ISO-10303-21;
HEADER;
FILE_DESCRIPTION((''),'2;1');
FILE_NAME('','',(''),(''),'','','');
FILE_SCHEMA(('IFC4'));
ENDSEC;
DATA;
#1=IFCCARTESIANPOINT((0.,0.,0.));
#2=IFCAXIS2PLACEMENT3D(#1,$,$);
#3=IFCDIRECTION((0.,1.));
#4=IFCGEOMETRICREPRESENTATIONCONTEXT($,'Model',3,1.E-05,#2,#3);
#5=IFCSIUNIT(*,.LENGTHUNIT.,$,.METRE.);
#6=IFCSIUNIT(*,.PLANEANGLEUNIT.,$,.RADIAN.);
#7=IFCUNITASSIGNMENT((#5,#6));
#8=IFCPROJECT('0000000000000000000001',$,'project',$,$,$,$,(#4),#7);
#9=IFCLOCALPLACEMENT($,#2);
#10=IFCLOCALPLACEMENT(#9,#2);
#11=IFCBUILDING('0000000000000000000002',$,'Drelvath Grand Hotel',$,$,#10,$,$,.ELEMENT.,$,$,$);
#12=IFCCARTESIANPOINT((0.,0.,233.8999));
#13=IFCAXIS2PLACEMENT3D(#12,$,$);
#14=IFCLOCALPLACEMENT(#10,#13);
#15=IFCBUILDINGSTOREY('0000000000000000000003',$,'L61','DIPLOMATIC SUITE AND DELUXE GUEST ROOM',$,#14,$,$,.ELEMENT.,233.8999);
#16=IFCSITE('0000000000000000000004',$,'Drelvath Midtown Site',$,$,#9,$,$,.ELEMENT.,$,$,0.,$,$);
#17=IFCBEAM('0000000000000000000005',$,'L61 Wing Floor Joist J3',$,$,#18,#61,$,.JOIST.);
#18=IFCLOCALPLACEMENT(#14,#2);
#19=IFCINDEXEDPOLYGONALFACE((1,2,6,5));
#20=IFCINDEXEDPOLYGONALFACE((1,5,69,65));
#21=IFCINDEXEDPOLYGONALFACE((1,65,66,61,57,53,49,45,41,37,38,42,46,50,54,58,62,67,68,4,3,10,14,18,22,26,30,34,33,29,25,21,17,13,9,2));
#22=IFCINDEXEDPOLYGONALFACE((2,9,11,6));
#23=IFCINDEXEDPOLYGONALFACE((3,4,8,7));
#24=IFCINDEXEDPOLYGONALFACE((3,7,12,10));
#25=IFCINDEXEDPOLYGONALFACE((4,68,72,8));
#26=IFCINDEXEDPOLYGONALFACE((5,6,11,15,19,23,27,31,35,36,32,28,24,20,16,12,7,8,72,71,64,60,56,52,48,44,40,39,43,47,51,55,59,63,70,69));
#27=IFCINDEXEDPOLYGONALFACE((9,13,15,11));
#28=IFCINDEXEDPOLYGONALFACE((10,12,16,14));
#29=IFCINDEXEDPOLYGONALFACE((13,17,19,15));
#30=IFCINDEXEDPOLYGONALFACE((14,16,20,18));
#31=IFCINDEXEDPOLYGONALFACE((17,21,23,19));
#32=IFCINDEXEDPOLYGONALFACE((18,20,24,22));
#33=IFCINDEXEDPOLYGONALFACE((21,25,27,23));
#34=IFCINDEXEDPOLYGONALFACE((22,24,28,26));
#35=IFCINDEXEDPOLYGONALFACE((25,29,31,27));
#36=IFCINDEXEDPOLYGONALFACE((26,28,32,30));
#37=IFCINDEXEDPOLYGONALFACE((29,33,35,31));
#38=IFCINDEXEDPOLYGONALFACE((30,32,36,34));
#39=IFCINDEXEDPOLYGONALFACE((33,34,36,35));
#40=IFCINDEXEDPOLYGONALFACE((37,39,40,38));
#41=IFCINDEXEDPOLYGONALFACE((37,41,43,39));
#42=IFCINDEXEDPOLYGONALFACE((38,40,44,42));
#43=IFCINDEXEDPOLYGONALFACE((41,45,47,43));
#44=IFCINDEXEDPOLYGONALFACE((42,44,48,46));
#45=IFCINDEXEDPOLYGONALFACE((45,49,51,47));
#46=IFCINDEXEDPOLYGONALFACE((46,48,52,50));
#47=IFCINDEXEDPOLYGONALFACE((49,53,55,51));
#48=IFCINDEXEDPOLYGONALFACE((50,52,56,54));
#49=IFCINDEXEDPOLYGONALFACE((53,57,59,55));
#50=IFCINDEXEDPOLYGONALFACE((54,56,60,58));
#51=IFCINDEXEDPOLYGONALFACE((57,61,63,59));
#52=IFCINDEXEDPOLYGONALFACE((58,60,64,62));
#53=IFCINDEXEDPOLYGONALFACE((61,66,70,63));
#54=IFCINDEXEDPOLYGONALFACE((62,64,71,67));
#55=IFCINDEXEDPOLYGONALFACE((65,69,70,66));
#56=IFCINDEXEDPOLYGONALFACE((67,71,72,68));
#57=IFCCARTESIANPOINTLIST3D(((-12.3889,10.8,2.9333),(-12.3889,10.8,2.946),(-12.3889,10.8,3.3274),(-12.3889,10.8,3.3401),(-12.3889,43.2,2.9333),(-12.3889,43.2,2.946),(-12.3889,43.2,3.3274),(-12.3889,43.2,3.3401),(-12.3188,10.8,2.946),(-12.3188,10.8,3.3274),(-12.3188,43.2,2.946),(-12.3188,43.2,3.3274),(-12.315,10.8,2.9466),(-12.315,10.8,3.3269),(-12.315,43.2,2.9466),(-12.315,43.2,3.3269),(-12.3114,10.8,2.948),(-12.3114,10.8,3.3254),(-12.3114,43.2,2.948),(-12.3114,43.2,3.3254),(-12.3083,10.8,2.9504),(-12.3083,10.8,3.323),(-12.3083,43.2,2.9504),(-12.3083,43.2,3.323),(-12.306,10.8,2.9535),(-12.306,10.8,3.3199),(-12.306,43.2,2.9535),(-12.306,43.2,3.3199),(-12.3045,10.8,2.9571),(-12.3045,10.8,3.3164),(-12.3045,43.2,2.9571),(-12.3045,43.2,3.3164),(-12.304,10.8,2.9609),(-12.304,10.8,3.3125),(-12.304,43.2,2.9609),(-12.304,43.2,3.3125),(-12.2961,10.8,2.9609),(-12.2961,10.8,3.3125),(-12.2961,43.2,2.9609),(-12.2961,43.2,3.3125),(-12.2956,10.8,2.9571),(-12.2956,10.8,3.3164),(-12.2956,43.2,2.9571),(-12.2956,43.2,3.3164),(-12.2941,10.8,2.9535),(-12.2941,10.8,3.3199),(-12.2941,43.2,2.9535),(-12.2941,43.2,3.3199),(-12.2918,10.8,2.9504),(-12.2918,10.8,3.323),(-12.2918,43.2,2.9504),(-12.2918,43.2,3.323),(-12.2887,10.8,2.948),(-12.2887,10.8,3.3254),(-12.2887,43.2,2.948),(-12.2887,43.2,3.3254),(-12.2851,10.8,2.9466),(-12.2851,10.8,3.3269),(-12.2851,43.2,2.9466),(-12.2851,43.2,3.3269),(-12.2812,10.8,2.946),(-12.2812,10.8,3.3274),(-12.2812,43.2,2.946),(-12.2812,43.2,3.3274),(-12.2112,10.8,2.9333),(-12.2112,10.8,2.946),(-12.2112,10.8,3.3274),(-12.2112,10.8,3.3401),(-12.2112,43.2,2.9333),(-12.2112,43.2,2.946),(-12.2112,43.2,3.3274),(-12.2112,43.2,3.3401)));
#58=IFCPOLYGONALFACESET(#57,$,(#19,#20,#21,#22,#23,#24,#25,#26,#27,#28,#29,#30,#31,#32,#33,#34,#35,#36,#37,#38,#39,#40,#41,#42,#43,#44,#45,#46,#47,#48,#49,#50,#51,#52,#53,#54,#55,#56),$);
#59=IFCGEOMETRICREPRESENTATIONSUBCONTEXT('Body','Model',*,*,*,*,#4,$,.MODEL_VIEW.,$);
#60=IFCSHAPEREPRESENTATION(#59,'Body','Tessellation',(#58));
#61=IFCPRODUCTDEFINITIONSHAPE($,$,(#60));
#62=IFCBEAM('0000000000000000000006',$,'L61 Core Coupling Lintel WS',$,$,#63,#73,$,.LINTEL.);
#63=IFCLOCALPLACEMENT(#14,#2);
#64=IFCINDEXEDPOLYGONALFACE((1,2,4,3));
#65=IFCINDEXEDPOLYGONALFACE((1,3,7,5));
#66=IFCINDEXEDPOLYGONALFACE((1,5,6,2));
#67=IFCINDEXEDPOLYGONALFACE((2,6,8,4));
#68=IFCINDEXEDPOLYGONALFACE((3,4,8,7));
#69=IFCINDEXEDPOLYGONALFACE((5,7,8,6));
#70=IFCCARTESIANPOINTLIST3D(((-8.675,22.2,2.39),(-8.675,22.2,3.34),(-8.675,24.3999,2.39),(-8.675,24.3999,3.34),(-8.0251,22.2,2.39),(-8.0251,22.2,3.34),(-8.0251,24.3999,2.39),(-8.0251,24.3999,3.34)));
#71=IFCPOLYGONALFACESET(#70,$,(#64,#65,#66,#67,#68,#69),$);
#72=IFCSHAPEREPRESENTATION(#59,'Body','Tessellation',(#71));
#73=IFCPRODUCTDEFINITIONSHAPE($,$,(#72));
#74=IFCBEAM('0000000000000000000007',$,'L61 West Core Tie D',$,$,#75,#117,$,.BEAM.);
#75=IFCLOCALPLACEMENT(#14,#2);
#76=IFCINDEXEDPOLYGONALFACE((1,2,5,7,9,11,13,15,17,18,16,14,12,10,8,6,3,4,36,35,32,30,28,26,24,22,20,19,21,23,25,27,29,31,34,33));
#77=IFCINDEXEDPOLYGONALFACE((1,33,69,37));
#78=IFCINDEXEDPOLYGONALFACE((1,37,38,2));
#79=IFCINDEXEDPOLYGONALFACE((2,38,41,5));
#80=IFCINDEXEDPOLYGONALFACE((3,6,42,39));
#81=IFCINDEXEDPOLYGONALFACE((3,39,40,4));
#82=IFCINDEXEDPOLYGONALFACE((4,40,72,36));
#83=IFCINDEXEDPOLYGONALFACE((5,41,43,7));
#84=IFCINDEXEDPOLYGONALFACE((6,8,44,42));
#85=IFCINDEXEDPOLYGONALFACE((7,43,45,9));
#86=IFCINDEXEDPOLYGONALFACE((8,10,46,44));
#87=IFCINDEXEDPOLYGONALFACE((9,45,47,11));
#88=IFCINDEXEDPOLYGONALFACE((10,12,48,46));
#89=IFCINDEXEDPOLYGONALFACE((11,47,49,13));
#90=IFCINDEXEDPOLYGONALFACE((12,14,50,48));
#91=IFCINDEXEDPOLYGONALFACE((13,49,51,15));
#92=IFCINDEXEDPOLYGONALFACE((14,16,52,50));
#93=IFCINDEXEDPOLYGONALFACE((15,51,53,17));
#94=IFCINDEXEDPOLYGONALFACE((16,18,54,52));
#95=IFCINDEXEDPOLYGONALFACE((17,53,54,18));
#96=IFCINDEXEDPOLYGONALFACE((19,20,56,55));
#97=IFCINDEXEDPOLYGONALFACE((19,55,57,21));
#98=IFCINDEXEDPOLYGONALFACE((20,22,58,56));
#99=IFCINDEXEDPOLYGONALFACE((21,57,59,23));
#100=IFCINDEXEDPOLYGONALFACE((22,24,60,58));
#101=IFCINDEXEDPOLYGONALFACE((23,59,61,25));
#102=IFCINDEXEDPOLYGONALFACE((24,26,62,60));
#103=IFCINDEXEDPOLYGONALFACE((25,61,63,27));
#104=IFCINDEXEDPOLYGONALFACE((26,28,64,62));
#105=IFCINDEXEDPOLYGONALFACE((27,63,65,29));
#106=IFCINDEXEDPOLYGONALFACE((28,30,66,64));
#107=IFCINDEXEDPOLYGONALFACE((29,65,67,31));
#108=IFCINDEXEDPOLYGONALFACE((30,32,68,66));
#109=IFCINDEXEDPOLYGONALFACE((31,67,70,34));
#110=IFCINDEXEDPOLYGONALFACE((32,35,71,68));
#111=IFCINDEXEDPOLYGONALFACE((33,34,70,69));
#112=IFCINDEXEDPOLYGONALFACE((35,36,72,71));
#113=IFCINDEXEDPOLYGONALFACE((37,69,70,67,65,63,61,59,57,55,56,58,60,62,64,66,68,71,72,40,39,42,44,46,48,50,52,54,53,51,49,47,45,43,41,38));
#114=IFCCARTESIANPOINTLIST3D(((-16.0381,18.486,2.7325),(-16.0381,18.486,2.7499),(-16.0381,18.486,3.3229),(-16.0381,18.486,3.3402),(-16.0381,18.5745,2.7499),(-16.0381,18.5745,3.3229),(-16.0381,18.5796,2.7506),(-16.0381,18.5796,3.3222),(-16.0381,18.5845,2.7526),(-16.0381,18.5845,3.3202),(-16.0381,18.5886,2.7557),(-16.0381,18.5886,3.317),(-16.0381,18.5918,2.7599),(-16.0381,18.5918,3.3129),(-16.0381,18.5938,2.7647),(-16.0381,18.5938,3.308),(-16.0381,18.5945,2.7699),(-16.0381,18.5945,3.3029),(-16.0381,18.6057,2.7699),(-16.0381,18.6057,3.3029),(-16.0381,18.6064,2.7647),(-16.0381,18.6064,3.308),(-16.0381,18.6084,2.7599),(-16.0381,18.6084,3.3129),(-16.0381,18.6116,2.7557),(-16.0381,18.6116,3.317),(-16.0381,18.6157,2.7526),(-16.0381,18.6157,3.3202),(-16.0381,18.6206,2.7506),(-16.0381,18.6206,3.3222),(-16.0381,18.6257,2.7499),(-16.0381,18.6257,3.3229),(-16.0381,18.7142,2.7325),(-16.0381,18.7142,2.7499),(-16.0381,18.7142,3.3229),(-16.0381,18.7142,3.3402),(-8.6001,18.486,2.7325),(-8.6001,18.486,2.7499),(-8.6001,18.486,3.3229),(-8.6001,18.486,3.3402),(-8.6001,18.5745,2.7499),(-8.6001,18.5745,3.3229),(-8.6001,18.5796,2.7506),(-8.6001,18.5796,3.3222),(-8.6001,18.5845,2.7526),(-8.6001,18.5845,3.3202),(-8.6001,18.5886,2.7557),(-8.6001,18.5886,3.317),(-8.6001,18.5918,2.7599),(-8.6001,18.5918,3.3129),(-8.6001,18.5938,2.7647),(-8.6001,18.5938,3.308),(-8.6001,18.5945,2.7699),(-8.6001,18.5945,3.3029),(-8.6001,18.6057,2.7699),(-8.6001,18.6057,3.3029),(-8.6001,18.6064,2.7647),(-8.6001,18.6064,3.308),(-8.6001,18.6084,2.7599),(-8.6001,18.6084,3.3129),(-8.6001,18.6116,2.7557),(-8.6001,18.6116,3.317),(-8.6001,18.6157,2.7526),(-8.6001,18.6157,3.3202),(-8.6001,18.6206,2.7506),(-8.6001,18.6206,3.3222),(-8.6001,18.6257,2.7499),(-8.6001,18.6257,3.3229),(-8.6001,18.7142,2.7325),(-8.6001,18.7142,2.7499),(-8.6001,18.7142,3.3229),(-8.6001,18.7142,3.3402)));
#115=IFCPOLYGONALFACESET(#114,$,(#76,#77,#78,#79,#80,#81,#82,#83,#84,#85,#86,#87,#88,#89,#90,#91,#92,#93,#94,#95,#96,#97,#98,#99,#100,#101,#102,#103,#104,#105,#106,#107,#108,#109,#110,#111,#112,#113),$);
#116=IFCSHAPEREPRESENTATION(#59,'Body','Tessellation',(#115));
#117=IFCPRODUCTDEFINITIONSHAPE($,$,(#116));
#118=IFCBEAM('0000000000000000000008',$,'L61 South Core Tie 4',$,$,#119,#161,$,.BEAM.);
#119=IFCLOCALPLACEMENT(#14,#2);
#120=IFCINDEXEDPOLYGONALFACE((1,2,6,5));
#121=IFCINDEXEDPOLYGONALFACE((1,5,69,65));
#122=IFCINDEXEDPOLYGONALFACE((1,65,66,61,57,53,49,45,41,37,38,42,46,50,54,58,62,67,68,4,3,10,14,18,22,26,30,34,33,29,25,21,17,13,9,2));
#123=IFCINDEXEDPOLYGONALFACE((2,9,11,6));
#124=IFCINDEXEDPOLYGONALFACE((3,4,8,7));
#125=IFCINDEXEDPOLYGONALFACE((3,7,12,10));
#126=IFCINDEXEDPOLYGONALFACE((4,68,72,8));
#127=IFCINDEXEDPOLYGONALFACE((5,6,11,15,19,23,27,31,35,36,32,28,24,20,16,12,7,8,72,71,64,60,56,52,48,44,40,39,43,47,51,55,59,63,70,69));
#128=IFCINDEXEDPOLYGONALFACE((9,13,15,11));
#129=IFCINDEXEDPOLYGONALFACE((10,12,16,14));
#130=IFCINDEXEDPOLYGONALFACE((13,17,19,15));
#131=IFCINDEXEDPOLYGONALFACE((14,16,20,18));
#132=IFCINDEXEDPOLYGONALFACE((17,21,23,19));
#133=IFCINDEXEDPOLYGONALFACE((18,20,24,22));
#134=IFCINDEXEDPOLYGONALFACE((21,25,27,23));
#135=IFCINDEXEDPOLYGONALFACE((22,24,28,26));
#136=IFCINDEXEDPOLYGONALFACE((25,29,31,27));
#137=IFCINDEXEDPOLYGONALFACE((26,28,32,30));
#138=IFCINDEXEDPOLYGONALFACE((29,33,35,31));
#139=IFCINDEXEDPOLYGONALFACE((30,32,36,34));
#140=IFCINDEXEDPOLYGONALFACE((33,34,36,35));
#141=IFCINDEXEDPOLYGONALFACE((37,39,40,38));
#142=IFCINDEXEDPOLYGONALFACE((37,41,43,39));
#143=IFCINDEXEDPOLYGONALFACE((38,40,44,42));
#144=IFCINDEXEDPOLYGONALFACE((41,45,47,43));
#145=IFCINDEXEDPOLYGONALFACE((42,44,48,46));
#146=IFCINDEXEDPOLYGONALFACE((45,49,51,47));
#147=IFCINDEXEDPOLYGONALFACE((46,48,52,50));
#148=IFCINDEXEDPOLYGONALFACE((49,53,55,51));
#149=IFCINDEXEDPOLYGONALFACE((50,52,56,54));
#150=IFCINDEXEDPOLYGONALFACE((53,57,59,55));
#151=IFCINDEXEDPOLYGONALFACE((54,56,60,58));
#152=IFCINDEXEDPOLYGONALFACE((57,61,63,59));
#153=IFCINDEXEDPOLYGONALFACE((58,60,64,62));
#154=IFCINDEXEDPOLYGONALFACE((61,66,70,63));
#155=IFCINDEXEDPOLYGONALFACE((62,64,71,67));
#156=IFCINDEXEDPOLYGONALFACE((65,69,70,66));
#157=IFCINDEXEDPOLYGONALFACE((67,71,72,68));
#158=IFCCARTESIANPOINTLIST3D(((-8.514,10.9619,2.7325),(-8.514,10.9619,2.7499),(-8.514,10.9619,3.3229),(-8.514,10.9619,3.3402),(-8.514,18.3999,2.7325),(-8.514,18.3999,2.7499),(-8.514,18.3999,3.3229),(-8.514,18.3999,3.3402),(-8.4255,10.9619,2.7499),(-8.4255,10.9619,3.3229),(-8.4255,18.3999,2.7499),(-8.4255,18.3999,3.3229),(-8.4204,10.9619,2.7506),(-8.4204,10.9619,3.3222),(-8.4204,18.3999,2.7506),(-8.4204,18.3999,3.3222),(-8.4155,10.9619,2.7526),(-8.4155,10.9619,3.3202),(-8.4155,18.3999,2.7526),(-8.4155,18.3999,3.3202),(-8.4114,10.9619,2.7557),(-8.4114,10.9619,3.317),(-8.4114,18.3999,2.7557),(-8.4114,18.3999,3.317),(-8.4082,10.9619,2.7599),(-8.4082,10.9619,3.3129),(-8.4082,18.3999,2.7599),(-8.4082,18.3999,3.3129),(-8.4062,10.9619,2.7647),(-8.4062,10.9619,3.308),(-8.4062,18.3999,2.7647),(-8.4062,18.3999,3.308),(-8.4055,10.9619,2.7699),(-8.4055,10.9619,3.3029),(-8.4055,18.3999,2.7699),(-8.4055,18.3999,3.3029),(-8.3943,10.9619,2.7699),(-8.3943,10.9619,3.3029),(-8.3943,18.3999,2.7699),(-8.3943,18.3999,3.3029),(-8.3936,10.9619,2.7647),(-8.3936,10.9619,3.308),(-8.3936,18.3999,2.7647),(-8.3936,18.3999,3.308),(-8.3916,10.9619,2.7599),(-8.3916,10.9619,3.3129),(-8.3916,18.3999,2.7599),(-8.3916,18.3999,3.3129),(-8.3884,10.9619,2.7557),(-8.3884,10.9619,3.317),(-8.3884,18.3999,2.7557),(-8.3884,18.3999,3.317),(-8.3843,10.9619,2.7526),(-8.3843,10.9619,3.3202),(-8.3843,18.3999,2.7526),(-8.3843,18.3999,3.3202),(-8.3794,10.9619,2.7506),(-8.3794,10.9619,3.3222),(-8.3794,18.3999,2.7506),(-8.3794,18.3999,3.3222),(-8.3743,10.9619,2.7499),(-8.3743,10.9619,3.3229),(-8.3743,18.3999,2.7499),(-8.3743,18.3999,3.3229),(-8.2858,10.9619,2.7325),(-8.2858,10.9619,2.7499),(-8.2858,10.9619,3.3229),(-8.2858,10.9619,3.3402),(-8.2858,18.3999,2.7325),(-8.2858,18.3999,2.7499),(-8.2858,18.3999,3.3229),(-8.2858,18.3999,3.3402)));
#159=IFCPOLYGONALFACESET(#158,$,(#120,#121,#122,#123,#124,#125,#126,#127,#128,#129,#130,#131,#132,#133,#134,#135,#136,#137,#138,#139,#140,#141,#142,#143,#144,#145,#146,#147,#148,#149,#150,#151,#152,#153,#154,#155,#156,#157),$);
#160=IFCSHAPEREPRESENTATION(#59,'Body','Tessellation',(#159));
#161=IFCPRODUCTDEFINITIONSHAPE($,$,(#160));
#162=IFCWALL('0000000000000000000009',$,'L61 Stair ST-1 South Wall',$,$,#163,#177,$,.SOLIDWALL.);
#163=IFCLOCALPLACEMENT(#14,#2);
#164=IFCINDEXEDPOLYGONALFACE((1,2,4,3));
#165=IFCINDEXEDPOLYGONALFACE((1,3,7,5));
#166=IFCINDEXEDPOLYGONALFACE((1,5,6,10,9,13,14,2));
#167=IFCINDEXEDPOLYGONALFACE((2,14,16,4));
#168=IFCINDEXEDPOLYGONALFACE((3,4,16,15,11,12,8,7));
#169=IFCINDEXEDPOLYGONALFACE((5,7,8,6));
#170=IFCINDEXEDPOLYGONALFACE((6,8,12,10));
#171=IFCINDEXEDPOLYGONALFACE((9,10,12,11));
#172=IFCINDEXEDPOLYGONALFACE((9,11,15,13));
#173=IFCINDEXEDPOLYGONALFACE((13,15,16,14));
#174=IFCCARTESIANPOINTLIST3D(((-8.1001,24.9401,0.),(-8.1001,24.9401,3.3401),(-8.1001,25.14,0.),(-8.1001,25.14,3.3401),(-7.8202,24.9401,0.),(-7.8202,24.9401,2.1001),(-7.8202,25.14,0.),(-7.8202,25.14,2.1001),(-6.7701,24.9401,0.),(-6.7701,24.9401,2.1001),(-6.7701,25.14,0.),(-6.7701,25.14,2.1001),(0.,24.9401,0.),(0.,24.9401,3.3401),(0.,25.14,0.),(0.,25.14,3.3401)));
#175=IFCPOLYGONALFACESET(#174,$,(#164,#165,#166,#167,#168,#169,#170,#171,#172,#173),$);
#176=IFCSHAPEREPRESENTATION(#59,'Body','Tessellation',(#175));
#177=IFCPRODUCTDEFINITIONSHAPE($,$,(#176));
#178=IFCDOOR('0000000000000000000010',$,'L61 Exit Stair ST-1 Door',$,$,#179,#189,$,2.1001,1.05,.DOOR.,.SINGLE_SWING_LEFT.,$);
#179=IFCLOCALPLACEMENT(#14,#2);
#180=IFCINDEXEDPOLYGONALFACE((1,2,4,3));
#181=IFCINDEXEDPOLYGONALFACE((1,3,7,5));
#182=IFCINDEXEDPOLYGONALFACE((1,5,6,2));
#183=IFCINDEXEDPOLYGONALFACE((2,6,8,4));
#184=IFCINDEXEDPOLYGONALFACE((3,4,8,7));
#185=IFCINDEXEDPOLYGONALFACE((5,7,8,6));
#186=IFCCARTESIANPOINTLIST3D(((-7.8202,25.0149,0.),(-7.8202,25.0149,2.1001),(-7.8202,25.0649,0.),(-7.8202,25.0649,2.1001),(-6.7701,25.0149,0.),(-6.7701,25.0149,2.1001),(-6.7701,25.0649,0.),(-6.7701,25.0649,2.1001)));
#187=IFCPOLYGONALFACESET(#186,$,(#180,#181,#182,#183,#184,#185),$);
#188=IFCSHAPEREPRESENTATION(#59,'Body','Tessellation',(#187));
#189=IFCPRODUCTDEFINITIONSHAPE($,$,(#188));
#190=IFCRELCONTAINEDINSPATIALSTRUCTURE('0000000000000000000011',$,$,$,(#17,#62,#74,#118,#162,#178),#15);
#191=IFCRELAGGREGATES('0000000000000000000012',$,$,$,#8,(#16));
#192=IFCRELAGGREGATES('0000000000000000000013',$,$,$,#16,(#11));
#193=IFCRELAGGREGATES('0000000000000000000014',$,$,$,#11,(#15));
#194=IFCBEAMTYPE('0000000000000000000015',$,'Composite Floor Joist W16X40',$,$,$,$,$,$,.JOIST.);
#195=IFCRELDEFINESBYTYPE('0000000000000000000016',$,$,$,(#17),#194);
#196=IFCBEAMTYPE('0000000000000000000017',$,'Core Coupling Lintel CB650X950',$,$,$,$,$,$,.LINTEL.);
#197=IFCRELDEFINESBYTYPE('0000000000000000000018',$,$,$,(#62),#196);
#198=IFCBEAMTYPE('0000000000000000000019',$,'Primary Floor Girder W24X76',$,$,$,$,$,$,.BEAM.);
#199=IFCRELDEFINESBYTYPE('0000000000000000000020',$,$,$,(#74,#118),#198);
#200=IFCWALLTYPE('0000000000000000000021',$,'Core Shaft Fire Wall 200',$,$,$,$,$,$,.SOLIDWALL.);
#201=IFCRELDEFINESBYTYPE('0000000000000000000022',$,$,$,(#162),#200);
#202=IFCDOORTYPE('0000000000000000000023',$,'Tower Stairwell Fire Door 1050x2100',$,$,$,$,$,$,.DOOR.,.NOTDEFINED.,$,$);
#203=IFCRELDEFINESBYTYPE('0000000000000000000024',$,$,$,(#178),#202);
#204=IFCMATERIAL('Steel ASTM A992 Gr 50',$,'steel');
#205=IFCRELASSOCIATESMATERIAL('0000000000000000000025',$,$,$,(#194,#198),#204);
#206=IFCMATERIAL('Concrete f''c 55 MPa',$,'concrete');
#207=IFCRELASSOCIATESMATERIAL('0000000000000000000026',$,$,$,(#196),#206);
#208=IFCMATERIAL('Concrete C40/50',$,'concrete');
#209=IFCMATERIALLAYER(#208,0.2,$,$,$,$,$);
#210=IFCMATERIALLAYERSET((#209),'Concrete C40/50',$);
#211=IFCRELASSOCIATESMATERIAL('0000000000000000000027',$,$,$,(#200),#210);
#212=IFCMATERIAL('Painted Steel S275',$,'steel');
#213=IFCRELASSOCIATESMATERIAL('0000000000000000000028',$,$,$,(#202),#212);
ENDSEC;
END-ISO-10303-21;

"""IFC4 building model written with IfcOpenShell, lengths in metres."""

from ifc_helpers import new_model, si_unit, direction, frame, frame_2d, origin, origin_2d, place, context, subcontext, project, spatial, rectangle, i_section, extrude, material, layer, layer_set, material_profile, profile_set, type_object, element, fill, save


model = new_model("IFC4")

# Units and contexts
model_context = context("Model", 3, precision=1e-05, world=origin(), true_north=direction((0.0, 1.0)))
body_context = subcontext(model_context, "Body", "Model", "MODEL_VIEW")
ifc_project = project(units=[si_unit("LENGTHUNIT", "METRE"), si_unit("PLANEANGLEUNIT", "RADIAN")], contexts=[model_context])

# Site, building, storey
site_placement = place(None, origin())
site = spatial("IfcSite", under=ifc_project, at=site_placement, Name="Drelvath Midtown Site", CompositionType="ELEMENT", RefElevation=0.0)
building_placement = place(site_placement, origin())
building = spatial("IfcBuilding", under=site, at=building_placement, Name="Drelvath Grand Hotel", CompositionType="ELEMENT")
storey_placement = place(building_placement, frame((0.0, 0.0, 233.8999)))
storey = spatial("IfcBuildingStorey", under=building, at=storey_placement, Name="L61", Description="DIPLOMATIC SUITE AND DELUXE GUEST ROOM", CompositionType="ELEMENT", Elevation=233.8999)

# Beams
ifc_material_1 = material(Name="Steel ASTM A992 Gr 50", Category="steel")
ifc_material_profile_1 = material_profile(ifc_material_1, i_section(OverallWidth=0.1777, OverallDepth=0.4067, WebThickness=0.0078, FlangeThickness=0.0127, FilletRadius=0.0149, at=origin_2d()), Name="W16X40")
ifc_profile_set_1 = profile_set([ifc_material_profile_1], Name="Steel ASTM A992 Gr 50")
beam_type_1 = type_object("IfcBeamType", Name="Composite Floor Joist W16X40", PredefinedType="JOIST", material=ifc_profile_set_1)
beam_1_placement = place(storey_placement, frame((-12.3, 10.8, 3.1367), z_axis=(0.0, 1.0, 0.0), x_axis=(-1.0, 0.0, 0.0)))
element("IfcBeam", 1, at=beam_1_placement, inside=storey, type_object=beam_type_1, Name="L61 Wing Floor Joist J3", PredefinedType="JOIST", context=body_context, shape_type="SweptSolid", body=[
    extrude(i_section(OverallWidth=0.1777, OverallDepth=0.4067, WebThickness=0.0078, FlangeThickness=0.0127, FilletRadius=0.0149, at=origin_2d()), origin(), (0.0, 0.0, 1.0), 32.3999),
])
ifc_material_2 = material(Name="Concrete f'c 55 MPa", Category="concrete")
ifc_material_profile_2 = material_profile(ifc_material_2, rectangle(XDim=0.6499, YDim=0.95, at=origin_2d()), Name="CB650X950")
ifc_profile_set_2 = profile_set([ifc_material_profile_2], Name="Concrete f'c 55 MPa")
beam_type_2 = type_object("IfcBeamType", Name="Core Coupling Lintel CB650X950", PredefinedType="LINTEL", material=ifc_profile_set_2)
beam_2_placement = place(storey_placement, frame((-8.3501, 22.2, 2.865), z_axis=(0.0, 1.0, 0.0), x_axis=(-1.0, 0.0, 0.0)))
element("IfcBeam", 2, at=beam_2_placement, inside=storey, type_object=beam_type_2, Name="L61 Core Coupling Lintel WS", PredefinedType="LINTEL", context=body_context, shape_type="SweptSolid", body=[
    extrude(rectangle(XDim=0.6499, YDim=0.95, at=origin_2d()), origin(), (0.0, 0.0, 1.0), 2.2),
])
ifc_material_profile_3 = material_profile(ifc_material_1, i_section(OverallWidth=0.2283, OverallDepth=0.6077, WebThickness=0.0112, FlangeThickness=0.0173, FilletRadius=0.02, at=origin_2d()), Name="W24X76")
ifc_profile_set_3 = profile_set([ifc_material_profile_3], Name="Steel ASTM A992 Gr 50")
beam_type_3 = type_object("IfcBeamType", Name="Primary Floor Girder W24X76", PredefinedType="BEAM", material=ifc_profile_set_3)
for number, where, z_axis, x_axis, name in (
    (3, (-16.0381, 18.6001, 3.0364), (1.0, 0.0, 0.0), (0.0, 1.0, 0.0), "L61 West Core Tie D"),
    (4, (-8.3999, 10.9619, 3.0364), (0.0, 1.0, 0.0), (-1.0, 0.0, 0.0), "L61 South Core Tie 4"),
):
    element("IfcBeam", number, at=place(storey_placement, frame(where, z_axis=z_axis, x_axis=x_axis)), inside=storey, type_object=beam_type_3, Name=name, PredefinedType="BEAM", context=body_context, shape_type="SweptSolid", body=[
        extrude(i_section(OverallWidth=0.2283, OverallDepth=0.6077, WebThickness=0.0112, FlangeThickness=0.0173, FilletRadius=0.02, at=origin_2d()), origin(), (0.0, 0.0, 1.0), 7.438),
    ])

# Wall, opening, door
ifc_material_3 = material(Name="Concrete C40/50", Category="concrete")
ifc_layer_1 = layer(ifc_material_3, 0.2)
ifc_layer_set_1 = layer_set([ifc_layer_1], Name="Concrete C40/50")
wall_type_1 = type_object("IfcWallType", Name="Core Shaft Fire Wall 200", PredefinedType="SOLIDWALL", material=ifc_layer_set_1)
wall_1_placement = place(storey_placement, frame((-8.1001, 25.04, 0.0), z_axis=(0.0, 0.0, 1.0), x_axis=(1.0, 0.0, 0.0)))
wall_1 = element("IfcWall", 5, at=wall_1_placement, inside=storey, type_object=wall_type_1, Name="L61 Stair ST-1 South Wall", PredefinedType="SOLIDWALL", context=body_context, shape_type="SweptSolid", body=[
    extrude(rectangle(XDim=8.1001, YDim=0.2, at=frame_2d((4.05, 0.0))), origin(), (0.0, 0.0, 1.0), 3.3401),
])
opening_1_placement = place(wall_1_placement, frame((0.28, 0.0, 0.0)))
opening_1 = element("IfcOpeningElement", 6, at=opening_1_placement, cuts=wall_1, PredefinedType="OPENING", context=body_context, shape_type="SweptSolid", body=[
    extrude(rectangle(XDim=1.05, YDim=2.1001, at=frame_2d((0.5249, 1.05))), frame((0.0, 0.1099, 0.0), z_axis=(0.0, -1.0, 0.0), x_axis=(1.0, 0.0, 0.0)), (0.0, 0.0, 1.0), 0.22),
])
ifc_material_4 = material(Name="Painted Steel S275", Category="steel")
door_type_1 = type_object("IfcDoorType", Name="Tower Stairwell Fire Door 1050x2100", OperationType="NOTDEFINED", PredefinedType="DOOR", material=ifc_material_4)
door_1_placement = place(opening_1_placement, origin())
door_1 = element("IfcDoor", 7, at=door_1_placement, inside=storey, type_object=door_type_1, Name="L61 Exit Stair ST-1 Door", OperationType="SINGLE_SWING_LEFT", OverallHeight=2.1001, OverallWidth=1.05, PredefinedType="DOOR", context=body_context, shape_type="SweptSolid", body=[
    extrude(rectangle(XDim=1.05, YDim=2.1001, at=frame_2d((0.5249, 1.05))), frame((0.0, 0.0249, 0.0), z_axis=(0.0, -1.0, 0.0), x_axis=(1.0, 0.0, 0.0)), (0.0, 0.0, 1.0), 0.05),
])
fill(opening_1, door_1)

save(model, "model.ifc")
